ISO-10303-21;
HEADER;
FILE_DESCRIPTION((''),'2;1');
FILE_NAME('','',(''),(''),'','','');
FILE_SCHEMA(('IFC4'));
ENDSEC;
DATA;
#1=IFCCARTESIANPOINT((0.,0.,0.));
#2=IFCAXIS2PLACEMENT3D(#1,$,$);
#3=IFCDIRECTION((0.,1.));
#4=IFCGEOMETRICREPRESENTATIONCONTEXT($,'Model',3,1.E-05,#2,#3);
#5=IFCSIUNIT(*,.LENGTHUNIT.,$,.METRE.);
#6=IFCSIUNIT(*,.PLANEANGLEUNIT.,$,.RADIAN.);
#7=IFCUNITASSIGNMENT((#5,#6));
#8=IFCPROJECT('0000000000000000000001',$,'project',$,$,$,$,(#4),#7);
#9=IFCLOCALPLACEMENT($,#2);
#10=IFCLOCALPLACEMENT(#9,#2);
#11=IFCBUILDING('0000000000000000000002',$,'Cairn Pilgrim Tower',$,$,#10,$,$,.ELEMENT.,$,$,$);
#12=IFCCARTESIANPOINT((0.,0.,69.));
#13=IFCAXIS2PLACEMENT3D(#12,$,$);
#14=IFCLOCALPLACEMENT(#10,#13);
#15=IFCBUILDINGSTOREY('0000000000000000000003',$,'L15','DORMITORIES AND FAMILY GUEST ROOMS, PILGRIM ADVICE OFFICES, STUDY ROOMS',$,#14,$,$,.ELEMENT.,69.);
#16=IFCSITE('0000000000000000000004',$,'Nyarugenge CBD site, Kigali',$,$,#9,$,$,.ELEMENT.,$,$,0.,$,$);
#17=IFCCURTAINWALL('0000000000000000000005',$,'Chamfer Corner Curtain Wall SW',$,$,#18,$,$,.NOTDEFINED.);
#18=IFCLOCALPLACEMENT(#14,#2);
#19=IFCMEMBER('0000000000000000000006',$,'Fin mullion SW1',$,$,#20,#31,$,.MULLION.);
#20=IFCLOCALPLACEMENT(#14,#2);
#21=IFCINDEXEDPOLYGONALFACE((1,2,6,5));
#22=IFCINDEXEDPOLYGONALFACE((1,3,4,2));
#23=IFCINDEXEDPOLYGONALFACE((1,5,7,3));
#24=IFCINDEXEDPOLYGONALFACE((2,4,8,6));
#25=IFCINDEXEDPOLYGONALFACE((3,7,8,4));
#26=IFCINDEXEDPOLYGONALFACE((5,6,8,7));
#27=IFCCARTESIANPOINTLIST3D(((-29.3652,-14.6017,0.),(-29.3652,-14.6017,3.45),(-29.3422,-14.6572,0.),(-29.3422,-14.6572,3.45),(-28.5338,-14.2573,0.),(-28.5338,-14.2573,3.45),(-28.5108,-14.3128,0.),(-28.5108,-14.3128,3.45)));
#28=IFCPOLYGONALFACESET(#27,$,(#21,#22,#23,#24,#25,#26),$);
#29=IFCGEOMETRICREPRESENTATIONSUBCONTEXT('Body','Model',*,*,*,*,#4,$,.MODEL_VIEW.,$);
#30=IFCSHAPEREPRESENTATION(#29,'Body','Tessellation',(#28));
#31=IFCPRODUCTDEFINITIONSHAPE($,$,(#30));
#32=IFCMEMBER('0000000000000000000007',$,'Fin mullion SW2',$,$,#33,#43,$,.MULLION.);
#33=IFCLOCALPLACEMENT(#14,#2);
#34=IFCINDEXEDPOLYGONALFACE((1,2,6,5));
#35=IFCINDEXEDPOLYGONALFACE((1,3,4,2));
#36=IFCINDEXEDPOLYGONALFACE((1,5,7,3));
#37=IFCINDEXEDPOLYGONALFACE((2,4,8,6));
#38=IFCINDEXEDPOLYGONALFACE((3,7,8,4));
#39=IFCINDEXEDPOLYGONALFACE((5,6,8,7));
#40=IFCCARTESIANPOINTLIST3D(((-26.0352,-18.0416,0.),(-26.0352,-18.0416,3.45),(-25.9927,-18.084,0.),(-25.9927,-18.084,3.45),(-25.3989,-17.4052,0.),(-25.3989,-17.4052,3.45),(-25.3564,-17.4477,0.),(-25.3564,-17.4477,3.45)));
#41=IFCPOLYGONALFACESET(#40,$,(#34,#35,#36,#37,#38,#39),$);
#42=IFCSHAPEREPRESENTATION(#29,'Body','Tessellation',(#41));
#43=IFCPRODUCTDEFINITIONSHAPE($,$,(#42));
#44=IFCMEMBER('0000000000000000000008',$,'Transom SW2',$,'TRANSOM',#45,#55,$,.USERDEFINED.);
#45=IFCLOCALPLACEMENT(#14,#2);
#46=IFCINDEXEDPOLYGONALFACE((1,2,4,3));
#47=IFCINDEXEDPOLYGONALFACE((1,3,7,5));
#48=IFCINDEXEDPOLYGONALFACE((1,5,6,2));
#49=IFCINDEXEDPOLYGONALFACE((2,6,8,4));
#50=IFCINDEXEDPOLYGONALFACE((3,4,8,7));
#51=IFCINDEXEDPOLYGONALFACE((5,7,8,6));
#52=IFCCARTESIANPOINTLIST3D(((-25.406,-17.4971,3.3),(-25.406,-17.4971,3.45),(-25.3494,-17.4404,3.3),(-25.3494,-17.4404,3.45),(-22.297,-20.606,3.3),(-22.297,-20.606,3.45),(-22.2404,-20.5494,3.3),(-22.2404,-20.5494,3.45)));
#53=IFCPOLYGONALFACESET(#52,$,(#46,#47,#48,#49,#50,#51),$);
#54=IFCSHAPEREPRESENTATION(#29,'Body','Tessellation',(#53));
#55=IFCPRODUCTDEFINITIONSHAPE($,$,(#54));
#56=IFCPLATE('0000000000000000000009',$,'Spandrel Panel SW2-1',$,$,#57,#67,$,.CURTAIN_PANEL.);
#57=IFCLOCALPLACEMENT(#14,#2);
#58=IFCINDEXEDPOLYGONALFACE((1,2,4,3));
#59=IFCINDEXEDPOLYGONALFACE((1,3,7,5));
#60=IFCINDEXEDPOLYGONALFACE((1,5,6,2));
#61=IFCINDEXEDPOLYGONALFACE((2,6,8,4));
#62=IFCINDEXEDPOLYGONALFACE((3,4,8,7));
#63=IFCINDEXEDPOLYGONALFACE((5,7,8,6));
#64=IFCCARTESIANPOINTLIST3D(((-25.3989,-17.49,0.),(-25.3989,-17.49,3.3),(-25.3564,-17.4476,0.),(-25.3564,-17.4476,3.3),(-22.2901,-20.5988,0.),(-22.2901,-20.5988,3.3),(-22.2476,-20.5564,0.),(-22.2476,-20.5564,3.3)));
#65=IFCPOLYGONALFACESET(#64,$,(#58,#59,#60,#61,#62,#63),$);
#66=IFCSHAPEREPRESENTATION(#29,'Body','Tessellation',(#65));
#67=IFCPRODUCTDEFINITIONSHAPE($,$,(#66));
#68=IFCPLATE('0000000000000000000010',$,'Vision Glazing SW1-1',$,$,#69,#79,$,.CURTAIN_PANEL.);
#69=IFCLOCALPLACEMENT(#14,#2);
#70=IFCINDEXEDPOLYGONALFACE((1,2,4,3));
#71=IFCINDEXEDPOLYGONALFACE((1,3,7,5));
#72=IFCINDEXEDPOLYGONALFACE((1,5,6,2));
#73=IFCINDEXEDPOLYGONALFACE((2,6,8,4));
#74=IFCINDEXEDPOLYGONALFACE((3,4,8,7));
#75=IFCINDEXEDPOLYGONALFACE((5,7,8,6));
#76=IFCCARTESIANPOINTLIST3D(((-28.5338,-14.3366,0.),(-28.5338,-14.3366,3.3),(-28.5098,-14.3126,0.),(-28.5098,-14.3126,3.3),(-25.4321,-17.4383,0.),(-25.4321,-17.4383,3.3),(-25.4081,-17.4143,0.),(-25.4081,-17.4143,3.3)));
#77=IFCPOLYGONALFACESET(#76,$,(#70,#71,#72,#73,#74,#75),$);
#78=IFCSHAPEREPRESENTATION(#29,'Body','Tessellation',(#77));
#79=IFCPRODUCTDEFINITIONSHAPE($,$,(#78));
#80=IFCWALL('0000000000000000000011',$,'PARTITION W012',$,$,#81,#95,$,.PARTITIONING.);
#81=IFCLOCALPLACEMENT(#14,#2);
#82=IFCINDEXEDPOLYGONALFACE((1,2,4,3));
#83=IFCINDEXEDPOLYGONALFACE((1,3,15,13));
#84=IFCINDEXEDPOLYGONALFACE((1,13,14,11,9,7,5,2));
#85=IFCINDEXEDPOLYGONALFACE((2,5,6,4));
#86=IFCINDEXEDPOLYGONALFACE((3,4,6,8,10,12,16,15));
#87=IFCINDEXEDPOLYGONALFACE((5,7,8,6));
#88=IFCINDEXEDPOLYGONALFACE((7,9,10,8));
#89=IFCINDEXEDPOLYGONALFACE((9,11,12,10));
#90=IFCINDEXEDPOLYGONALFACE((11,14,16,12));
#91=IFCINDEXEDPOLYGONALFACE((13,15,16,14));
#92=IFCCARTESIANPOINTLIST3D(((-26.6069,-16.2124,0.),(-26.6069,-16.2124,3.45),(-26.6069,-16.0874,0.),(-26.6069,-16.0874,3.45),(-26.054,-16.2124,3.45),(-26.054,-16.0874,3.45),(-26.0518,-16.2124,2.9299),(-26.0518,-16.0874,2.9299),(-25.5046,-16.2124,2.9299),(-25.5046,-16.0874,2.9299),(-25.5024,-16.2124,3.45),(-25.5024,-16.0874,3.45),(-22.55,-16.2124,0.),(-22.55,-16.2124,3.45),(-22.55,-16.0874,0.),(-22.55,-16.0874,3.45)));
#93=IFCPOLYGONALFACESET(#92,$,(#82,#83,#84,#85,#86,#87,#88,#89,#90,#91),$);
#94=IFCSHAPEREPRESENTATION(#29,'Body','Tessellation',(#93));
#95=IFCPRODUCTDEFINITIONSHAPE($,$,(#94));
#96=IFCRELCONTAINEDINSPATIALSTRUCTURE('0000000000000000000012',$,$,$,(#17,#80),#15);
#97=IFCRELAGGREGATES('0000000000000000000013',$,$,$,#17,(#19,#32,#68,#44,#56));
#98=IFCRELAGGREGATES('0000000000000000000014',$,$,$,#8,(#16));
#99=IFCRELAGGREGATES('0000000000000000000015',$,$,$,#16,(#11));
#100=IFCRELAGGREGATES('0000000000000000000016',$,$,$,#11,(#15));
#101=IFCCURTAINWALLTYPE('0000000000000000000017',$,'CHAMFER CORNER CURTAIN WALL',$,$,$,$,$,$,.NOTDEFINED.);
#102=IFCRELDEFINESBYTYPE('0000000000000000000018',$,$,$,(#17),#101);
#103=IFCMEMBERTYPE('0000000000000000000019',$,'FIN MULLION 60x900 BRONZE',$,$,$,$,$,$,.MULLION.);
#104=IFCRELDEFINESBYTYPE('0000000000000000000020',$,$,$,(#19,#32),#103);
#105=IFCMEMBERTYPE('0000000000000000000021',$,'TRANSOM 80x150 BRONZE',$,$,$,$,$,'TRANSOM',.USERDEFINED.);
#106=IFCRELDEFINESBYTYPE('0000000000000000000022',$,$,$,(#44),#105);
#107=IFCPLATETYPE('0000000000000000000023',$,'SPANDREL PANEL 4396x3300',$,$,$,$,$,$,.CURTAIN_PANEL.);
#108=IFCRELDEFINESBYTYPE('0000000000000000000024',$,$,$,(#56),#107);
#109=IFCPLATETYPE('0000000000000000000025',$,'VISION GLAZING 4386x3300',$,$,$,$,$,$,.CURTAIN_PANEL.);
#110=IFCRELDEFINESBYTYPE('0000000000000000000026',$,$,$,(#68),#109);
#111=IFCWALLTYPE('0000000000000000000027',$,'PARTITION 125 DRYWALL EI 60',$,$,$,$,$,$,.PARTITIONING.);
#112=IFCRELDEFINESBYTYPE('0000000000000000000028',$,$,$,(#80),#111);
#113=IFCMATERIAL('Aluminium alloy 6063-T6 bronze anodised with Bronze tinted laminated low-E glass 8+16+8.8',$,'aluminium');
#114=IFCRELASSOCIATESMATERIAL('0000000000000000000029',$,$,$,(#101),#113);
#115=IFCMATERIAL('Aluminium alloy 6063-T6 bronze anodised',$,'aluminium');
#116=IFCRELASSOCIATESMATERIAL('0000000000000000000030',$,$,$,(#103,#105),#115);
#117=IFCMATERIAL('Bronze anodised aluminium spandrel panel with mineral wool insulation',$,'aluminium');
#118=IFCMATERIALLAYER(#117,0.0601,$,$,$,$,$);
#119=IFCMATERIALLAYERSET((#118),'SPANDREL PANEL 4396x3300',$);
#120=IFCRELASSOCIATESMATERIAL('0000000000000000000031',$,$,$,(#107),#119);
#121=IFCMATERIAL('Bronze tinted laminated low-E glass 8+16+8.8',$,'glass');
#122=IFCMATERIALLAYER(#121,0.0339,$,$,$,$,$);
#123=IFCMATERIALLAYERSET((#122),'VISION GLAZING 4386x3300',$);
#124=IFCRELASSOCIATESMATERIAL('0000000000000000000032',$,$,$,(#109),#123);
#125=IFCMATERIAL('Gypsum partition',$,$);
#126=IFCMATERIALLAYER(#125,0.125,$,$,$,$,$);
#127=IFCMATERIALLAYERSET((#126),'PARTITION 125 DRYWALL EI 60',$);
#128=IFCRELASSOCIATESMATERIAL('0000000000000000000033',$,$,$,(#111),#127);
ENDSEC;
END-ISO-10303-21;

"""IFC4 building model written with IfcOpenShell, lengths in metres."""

from ifc_helpers import new_model, si_unit, direction, frame, origin, origin_2d, place, context, subcontext, project, spatial, polyline, rectangle, outline, extrude, material, layer, layer_set, material_profile, profile_set, type_object, element, aggregate, save


model = new_model("IFC4")

# Units and contexts
model_context = context("Model", 3, precision=1e-05, world=origin(), true_north=direction((0.0, 1.0)))
body_context = subcontext(model_context, "Body", "Model", "MODEL_VIEW")
ifc_project = project(units=[si_unit("LENGTHUNIT", "METRE"), si_unit("PLANEANGLEUNIT", "RADIAN")], contexts=[model_context])

# Site, building, storey
site_placement = place(None, origin())
site = spatial("IfcSite", under=ifc_project, at=site_placement, Name="Nyarugenge CBD site, Kigali", CompositionType="ELEMENT", RefElevation=0.0)
building_placement = place(site_placement, origin())
building = spatial("IfcBuilding", under=site, at=building_placement, Name="Cairn Pilgrim Tower", CompositionType="ELEMENT")
storey_placement = place(building_placement, frame((0.0, 0.0, 69.0)))
storey = spatial("IfcBuildingStorey", under=building, at=storey_placement, Name="L15", Description="DORMITORIES AND FAMILY GUEST ROOMS, PILGRIM ADVICE OFFICES, STUDY ROOMS", CompositionType="ELEMENT", Elevation=69.0)

# Curtain wall, members, plates
ifc_material_1 = material(Name="Aluminium alloy 6063-T6 bronze anodised with Bronze tinted laminated low-E glass 8+16+8.8", Category="aluminium")
curtain_wall_type = type_object("IfcCurtainWallType", Name="CHAMFER CORNER CURTAIN WALL", PredefinedType="NOTDEFINED", material=ifc_material_1)
curtain_wall_placement = place(storey_placement, origin())
curtain_wall = element("IfcCurtainWall", 1, at=curtain_wall_placement, inside=storey, type_object=curtain_wall_type, Name="Chamfer Corner Curtain Wall SW", PredefinedType="NOTDEFINED")
ifc_material_2 = material(Name="Aluminium alloy 6063-T6 bronze anodised", Category="aluminium")
ifc_material_profile_1 = material_profile(ifc_material_2, rectangle(XDim=0.8999, YDim=0.0601, at=origin_2d()), Name="FIN MULLION 60x900 BRONZE")
ifc_profile_set_1 = profile_set([ifc_material_profile_1], Name="Aluminium alloy 6063-T6 bronze anodised")
member_type_1 = type_object("IfcMemberType", Name="FIN MULLION 60x900 BRONZE", PredefinedType="MULLION", material=ifc_profile_set_1)
member_1_placement = place(storey_placement, frame((-28.938, -14.4573, 0.0), z_axis=(0.0, 0.0, 1.0), x_axis=(-0.92388, -0.382683, 0.0)))
member_1 = element("IfcMember", 2, at=member_1_placement, type_object=member_type_1, Name="Fin mullion SW1", PredefinedType="MULLION", context=body_context, shape_type="SweptSolid", body=[
    extrude(rectangle(XDim=0.8999, YDim=0.0601, at=origin_2d()), origin(), (0.0, 0.0, 1.0), 3.45),
])
member_2_placement = place(storey_placement, frame((-25.6958, -17.7446, 0.0), z_axis=(0.0, 0.0, 1.0), x_axis=(-0.707107, -0.707107, 0.0)))
member_2 = element("IfcMember", 3, at=member_2_placement, type_object=member_type_1, Name="Fin mullion SW2", PredefinedType="MULLION", context=body_context, shape_type="SweptSolid", body=[
    extrude(rectangle(XDim=0.8999, YDim=0.0601, at=origin_2d()), origin(), (0.0, 0.0, 1.0), 3.45),
])
ifc_material_profile_2 = material_profile(ifc_material_2, rectangle(XDim=0.0801, YDim=0.1499, at=origin_2d()), Name="TRANSOM 80x150 BRONZE")
ifc_profile_set_2 = profile_set([ifc_material_profile_2], Name="Aluminium alloy 6063-T6 bronze anodised")
member_type_2 = type_object("IfcMemberType", Name="TRANSOM 80x150 BRONZE", ElementType="TRANSOM", PredefinedType="USERDEFINED", material=ifc_profile_set_2)
member_3_placement = place(storey_placement, frame((-25.3777, -17.4688, 3.375), z_axis=(0.707107, -0.707107, 0.0), x_axis=(0.707107, 0.707107, 0.0)))
member_3 = element("IfcMember", 4, at=member_3_placement, type_object=member_type_2, Name="Transom SW2", ObjectType="TRANSOM", PredefinedType="USERDEFINED", context=body_context, shape_type="SweptSolid", body=[
    extrude(rectangle(XDim=0.0801, YDim=0.1499, at=origin_2d()), origin(), (0.0, 0.0, 1.0), 4.3967),
])
ifc_material_3 = material(Name="Bronze anodised aluminium spandrel panel with mineral wool insulation", Category="aluminium")
ifc_layer_1 = layer(ifc_material_3, 0.0601)
ifc_layer_set_1 = layer_set([ifc_layer_1], Name="SPANDREL PANEL 4396x3300")
plate_type_1 = type_object("IfcPlateType", Name="SPANDREL PANEL 4396x3300", PredefinedType="CURTAIN_PANEL", material=ifc_layer_set_1)
plate_1_placement = place(storey_placement, frame((-23.8232, -19.0232, 0.0), z_axis=(0.0, 0.0, 1.0), x_axis=(0.707107, -0.707107, 0.0)))
plate_1 = element("IfcPlate", 5, at=plate_1_placement, type_object=plate_type_1, Name="Spandrel Panel SW2-1", PredefinedType="CURTAIN_PANEL", context=body_context, shape_type="SweptSolid", body=[
    extrude(rectangle(XDim=4.3965, YDim=0.0601, at=origin_2d()), origin(), (0.0, 0.0, 1.0), 3.3),
])
ifc_material_4 = material(Name="Bronze tinted laminated low-E glass 8+16+8.8", Category="glass")
ifc_layer_2 = layer(ifc_material_4, 0.0339)
ifc_layer_set_2 = layer_set([ifc_layer_2], Name="VISION GLAZING 4386x3300")
plate_type_2 = type_object("IfcPlateType", Name="VISION GLAZING 4386x3300", PredefinedType="CURTAIN_PANEL", material=ifc_layer_set_2)
plate_2_placement = place(storey_placement, frame((-26.9709, -15.8755, 0.0), z_axis=(0.0, 0.0, 1.0), x_axis=(0.707107, -0.707107, 0.0)))
plate_2 = element("IfcPlate", 6, at=plate_2_placement, type_object=plate_type_2, Name="Vision Glazing SW1-1", PredefinedType="CURTAIN_PANEL", context=body_context, shape_type="SweptSolid", body=[
    extrude(rectangle(XDim=4.3865, YDim=0.0339, at=origin_2d()), origin(), (0.0, 0.0, 1.0), 3.3),
])
aggregate(curtain_wall, [member_1, member_2, plate_2, member_3, plate_1])

# Wall
ifc_material_5 = material(Name="Gypsum partition")
ifc_layer_3 = layer(ifc_material_5, 0.125)
ifc_layer_set_3 = layer_set([ifc_layer_3], Name="PARTITION 125 DRYWALL EI 60")
wall_type = type_object("IfcWallType", Name="PARTITION 125 DRYWALL EI 60", PredefinedType="PARTITIONING", material=ifc_layer_set_3)
wall_placement = place(storey_placement, frame((-26.6069, -16.1499, 0.0), z_axis=(0.0, 0.0, 1.0), x_axis=(1.0, 0.0, 0.0)))
element("IfcWall", 7, at=wall_placement, inside=storey, type_object=wall_type, Name="PARTITION W012", PredefinedType="PARTITIONING", context=body_context, shape_type="SweptSolid", body=[
    extrude(outline(polyline([(0.0, 0.0), (4.0569, 0.0), (4.0569, 3.45), (1.1045, 3.45), (1.1023, 2.9299), (0.5552, 2.9299), (0.553, 3.45), (0.0, 3.45), (0.0, 0.0)])), frame((0.0, 0.0625, 0.0), z_axis=(0.0, -1.0, 0.0), x_axis=(1.0, 0.0, 0.0)), (0.0, 0.0, 1.0), 0.125),
])

save(model, "model.ifc")
